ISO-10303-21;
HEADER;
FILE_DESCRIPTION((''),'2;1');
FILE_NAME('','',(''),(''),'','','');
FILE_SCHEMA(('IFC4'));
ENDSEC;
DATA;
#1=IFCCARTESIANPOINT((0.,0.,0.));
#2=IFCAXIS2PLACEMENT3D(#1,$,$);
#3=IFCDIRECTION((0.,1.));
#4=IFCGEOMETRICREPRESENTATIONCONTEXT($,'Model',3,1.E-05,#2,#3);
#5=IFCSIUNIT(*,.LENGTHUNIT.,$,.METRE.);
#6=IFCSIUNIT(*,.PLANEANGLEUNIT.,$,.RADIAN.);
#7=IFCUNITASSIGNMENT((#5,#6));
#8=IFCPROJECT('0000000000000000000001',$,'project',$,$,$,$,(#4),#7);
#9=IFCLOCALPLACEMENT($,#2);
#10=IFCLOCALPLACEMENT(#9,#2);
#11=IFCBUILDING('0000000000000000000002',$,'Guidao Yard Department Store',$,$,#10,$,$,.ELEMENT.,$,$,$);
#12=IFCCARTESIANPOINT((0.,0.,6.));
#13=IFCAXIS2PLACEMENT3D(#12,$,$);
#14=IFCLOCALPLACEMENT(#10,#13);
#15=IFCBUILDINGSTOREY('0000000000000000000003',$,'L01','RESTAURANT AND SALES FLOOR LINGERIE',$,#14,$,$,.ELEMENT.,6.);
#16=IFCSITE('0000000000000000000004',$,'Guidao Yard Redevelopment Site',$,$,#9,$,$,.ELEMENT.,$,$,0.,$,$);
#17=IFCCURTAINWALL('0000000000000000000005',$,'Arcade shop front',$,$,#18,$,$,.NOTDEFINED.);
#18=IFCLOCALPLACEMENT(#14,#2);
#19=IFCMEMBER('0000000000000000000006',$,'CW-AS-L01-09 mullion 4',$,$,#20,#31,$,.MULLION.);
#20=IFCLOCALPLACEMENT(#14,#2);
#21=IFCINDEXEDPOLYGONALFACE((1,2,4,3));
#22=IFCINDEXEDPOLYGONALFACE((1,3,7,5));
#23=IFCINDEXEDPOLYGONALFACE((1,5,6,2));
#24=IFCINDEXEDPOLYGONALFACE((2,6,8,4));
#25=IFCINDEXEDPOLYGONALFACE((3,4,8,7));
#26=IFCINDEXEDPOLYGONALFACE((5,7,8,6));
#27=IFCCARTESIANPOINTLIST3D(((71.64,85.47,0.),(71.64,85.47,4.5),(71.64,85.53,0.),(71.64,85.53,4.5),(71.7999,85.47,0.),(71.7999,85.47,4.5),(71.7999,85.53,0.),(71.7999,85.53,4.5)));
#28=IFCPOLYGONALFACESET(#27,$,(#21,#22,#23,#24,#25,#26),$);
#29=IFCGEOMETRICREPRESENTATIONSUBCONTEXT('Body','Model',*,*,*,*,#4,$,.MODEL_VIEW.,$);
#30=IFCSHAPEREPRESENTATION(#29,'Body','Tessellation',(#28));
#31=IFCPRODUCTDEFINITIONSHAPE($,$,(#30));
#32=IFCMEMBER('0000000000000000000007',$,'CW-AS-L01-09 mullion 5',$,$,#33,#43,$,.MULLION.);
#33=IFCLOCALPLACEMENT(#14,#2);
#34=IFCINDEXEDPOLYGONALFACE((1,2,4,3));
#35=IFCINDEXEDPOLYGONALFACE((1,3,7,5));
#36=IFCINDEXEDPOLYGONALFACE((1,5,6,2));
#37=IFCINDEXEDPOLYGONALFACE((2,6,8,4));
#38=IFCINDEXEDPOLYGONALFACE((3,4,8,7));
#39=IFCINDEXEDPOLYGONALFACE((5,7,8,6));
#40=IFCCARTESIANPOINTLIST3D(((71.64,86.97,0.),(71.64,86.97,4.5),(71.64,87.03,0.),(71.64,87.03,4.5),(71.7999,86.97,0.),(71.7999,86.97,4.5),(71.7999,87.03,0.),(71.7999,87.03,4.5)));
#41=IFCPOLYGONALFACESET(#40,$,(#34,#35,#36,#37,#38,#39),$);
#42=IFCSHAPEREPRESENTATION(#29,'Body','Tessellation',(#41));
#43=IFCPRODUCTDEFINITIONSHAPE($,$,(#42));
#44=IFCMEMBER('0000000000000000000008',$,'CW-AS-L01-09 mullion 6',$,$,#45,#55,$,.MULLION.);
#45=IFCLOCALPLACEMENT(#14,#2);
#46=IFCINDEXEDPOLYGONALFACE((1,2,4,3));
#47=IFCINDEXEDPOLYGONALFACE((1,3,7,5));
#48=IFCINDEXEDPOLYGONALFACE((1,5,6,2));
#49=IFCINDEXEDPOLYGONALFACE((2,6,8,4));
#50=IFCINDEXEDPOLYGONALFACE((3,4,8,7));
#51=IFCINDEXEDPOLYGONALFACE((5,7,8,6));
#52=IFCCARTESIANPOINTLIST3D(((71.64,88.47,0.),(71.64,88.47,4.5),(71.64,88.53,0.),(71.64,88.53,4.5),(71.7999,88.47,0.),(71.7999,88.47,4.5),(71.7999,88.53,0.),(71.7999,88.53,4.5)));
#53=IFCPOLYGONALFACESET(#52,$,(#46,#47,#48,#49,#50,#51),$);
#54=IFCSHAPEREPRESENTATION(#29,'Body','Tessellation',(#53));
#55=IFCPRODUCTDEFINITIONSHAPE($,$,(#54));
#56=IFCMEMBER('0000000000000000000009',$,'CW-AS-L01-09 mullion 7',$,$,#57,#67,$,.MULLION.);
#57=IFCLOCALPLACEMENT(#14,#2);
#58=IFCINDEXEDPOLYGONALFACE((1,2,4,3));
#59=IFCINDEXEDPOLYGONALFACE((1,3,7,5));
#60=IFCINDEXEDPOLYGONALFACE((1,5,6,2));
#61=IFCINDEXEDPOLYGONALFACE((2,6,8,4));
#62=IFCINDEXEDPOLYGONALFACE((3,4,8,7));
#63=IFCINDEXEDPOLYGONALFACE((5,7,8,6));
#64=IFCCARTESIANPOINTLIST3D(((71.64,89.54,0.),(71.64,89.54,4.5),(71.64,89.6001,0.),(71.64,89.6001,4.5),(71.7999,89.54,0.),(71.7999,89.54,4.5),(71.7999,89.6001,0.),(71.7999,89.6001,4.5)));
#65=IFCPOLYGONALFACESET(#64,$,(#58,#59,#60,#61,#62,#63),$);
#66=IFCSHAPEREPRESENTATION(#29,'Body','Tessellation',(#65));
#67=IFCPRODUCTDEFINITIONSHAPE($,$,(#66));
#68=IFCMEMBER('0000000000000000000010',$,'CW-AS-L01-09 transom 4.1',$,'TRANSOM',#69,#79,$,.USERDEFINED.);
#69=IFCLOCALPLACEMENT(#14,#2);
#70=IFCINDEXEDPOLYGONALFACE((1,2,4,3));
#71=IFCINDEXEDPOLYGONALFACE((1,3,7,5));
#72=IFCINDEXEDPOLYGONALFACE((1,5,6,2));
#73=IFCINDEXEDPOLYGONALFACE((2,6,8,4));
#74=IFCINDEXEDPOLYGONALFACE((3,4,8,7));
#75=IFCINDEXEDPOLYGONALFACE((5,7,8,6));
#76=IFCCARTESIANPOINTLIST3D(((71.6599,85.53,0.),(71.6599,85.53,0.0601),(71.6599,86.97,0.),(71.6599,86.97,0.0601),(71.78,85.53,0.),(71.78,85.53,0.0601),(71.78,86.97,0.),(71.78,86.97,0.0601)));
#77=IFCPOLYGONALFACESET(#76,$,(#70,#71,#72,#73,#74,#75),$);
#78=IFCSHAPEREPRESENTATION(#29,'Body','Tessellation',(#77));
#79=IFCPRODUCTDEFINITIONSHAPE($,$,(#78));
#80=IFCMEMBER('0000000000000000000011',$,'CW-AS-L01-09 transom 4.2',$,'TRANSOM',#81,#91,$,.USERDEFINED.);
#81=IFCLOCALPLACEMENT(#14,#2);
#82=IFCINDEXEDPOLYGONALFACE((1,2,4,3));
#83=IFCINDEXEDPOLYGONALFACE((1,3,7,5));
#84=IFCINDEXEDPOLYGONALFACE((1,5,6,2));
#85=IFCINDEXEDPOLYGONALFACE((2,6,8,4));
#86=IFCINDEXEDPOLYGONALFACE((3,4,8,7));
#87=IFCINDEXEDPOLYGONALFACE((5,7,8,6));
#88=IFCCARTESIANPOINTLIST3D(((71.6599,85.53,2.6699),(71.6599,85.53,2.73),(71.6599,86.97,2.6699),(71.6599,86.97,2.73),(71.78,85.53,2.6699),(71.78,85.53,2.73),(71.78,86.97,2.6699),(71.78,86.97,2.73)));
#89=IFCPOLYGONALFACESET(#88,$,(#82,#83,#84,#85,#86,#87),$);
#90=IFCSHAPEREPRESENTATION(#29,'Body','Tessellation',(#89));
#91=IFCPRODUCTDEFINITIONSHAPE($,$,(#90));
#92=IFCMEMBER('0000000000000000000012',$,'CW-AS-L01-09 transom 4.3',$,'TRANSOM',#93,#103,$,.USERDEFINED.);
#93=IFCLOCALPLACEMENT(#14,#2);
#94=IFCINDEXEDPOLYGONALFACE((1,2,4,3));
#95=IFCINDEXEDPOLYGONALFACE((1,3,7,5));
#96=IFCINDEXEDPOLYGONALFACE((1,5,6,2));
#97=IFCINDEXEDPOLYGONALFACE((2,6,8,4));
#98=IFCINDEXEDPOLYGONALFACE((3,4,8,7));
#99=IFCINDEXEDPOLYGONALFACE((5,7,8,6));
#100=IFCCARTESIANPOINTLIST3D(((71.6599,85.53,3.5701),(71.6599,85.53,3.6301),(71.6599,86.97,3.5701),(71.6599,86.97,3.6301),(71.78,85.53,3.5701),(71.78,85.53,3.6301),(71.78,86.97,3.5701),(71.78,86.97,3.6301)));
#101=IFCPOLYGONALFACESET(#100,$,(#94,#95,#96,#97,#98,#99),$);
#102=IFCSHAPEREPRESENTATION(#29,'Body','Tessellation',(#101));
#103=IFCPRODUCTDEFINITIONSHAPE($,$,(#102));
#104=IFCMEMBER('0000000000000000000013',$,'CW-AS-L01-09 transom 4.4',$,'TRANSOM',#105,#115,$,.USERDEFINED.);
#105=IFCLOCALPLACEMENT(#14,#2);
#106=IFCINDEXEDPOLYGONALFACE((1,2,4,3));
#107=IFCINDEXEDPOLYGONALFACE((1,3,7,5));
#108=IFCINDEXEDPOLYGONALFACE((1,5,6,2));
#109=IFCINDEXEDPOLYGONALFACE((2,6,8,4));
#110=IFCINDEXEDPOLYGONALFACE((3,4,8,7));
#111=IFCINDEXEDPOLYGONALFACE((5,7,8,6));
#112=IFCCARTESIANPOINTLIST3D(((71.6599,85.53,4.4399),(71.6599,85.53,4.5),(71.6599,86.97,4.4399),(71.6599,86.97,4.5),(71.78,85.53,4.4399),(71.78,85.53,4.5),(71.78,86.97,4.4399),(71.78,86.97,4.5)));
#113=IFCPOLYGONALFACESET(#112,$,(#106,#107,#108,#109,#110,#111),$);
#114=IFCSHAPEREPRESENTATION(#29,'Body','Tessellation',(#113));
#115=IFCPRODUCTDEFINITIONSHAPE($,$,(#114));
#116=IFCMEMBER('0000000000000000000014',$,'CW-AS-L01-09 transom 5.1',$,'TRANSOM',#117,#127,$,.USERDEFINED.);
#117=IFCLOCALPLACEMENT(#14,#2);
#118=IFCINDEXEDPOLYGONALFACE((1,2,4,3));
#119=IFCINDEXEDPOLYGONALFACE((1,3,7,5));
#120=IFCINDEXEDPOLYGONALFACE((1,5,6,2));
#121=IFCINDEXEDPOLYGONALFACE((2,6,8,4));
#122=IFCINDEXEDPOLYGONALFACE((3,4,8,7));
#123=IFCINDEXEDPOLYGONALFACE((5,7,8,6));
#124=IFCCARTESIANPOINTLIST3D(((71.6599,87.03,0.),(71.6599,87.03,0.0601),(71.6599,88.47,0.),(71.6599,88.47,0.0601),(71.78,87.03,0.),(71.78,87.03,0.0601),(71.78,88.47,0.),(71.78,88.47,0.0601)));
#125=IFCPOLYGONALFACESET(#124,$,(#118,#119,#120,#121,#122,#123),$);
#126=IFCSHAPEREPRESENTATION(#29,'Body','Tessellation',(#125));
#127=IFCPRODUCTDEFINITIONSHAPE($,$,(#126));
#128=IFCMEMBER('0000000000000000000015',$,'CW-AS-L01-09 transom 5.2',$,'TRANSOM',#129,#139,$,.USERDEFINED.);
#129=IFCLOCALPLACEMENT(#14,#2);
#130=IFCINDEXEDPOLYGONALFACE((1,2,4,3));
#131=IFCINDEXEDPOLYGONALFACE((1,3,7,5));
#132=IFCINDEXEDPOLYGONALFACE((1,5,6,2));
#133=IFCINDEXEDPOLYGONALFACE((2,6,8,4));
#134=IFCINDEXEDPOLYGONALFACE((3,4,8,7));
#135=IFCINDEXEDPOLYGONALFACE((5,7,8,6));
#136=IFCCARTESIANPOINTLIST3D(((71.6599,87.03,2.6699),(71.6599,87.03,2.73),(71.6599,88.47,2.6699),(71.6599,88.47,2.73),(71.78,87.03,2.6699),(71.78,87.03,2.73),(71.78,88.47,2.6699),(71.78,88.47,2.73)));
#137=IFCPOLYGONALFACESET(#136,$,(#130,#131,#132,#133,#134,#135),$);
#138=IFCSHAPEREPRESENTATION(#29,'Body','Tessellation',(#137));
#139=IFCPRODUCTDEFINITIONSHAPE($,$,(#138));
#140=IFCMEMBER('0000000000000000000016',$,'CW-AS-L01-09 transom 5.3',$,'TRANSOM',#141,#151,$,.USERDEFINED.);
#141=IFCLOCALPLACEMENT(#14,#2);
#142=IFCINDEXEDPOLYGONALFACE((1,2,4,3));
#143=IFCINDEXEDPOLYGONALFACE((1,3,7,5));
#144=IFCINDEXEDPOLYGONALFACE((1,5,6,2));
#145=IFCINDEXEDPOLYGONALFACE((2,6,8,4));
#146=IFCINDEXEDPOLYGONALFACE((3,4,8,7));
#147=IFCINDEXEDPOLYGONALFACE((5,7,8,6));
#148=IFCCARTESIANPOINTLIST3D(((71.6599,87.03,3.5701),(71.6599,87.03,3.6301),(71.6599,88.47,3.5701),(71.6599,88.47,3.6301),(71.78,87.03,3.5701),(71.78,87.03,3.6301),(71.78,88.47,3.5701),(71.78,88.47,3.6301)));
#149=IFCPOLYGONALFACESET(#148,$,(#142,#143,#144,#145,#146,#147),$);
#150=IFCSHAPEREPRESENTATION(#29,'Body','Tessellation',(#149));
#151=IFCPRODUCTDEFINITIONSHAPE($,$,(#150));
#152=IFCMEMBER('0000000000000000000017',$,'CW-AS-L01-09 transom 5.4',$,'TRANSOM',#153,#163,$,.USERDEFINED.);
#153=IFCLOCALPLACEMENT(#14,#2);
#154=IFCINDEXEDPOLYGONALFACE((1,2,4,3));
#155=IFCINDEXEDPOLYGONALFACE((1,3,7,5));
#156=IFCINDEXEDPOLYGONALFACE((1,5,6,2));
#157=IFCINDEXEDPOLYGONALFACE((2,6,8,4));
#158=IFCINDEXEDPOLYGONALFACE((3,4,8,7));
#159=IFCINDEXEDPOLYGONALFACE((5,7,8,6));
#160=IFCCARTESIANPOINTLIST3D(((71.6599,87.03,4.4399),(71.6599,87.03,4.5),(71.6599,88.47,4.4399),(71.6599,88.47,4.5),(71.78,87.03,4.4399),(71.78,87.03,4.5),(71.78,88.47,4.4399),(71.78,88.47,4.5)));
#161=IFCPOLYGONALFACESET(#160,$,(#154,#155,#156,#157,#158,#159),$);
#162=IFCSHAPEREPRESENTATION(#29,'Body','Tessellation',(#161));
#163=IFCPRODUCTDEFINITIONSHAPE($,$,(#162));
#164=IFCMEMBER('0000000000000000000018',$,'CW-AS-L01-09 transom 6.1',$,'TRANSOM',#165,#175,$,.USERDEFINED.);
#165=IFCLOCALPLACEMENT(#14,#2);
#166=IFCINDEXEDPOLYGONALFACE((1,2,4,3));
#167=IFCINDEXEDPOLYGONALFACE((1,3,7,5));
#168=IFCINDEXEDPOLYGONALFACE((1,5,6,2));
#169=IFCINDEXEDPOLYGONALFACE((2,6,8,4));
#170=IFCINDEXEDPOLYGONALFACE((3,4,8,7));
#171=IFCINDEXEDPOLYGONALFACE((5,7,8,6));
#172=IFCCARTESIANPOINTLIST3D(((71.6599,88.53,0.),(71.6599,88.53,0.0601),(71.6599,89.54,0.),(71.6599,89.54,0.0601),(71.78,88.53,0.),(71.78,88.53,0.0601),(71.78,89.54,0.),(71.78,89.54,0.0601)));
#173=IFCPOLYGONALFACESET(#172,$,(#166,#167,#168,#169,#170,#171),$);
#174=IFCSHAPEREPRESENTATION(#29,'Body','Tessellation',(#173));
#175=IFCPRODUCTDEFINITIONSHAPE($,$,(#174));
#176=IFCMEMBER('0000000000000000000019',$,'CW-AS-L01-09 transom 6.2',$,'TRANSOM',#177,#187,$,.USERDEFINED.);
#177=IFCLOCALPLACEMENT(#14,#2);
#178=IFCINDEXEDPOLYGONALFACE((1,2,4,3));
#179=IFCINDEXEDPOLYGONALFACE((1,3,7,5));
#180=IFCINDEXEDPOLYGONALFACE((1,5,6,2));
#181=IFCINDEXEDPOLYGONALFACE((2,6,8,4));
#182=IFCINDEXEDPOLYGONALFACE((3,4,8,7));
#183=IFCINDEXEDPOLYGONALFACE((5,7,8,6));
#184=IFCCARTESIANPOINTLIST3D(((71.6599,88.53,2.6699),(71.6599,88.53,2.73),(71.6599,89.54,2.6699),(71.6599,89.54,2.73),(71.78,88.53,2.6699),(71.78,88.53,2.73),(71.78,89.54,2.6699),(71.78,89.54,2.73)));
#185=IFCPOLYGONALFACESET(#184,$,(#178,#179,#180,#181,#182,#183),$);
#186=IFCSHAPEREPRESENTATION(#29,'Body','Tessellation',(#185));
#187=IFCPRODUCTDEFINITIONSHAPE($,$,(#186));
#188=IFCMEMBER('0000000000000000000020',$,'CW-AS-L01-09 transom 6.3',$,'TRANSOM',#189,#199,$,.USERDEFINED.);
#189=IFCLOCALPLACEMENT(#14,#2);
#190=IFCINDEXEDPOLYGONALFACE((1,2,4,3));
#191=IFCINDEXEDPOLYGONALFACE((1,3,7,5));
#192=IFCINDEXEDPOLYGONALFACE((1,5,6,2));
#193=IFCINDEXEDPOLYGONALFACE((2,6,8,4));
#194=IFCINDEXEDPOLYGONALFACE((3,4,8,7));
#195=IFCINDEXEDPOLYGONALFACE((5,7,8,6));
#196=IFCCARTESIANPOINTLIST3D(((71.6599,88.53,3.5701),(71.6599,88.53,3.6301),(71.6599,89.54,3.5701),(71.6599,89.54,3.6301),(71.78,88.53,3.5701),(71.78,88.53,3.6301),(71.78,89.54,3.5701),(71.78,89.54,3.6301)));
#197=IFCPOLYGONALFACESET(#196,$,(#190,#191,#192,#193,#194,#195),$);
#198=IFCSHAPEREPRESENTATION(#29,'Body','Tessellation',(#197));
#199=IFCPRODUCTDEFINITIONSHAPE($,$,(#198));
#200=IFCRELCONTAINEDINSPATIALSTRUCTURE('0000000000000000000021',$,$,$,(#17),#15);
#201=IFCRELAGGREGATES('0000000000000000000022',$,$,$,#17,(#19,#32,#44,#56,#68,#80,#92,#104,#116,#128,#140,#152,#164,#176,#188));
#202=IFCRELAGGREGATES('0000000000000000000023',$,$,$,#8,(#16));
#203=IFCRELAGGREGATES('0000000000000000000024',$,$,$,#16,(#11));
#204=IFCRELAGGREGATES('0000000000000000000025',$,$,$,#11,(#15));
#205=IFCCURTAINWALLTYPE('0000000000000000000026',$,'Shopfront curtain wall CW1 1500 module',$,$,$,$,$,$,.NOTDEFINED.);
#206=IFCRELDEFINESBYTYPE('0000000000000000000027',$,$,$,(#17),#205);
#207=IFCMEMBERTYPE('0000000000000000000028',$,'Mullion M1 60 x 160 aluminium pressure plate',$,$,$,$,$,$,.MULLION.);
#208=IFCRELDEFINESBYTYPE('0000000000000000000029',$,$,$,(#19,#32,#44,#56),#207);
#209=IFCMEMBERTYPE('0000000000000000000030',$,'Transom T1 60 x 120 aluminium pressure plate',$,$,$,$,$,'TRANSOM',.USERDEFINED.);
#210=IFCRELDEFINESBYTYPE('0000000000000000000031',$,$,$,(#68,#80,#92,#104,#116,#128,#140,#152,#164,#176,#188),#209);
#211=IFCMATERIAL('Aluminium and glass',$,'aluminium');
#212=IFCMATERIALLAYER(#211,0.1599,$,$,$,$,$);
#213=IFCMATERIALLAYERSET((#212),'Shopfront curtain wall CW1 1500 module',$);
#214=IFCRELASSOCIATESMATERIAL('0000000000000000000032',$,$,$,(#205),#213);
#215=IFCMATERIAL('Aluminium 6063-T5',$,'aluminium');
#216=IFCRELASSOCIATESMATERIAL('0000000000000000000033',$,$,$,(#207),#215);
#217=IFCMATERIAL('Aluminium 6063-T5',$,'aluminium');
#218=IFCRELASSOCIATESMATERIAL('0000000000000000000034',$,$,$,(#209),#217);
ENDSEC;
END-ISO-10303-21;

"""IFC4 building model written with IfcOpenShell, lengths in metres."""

from ifc_helpers import new_model, si_unit, direction, frame, origin, origin_2d, place, context, subcontext, project, spatial, rectangle, extrude, material, layer, layer_set, material_profile, profile_set, type_object, element, aggregate, save


model = new_model("IFC4")

# Units and contexts
model_context = context("Model", 3, precision=1e-05, world=origin(), true_north=direction((0.0, 1.0)))
body_context = subcontext(model_context, "Body", "Model", "MODEL_VIEW")
ifc_project = project(units=[si_unit("LENGTHUNIT", "METRE"), si_unit("PLANEANGLEUNIT", "RADIAN")], contexts=[model_context])

# Site, building, storey
site_placement = place(None, origin())
site = spatial("IfcSite", under=ifc_project, at=site_placement, Name="Guidao Yard Redevelopment Site", CompositionType="ELEMENT", RefElevation=0.0)
building_placement = place(site_placement, origin())
building = spatial("IfcBuilding", under=site, at=building_placement, Name="Guidao Yard Department Store", CompositionType="ELEMENT")
storey_placement = place(building_placement, frame((0.0, 0.0, 6.0)))
storey = spatial("IfcBuildingStorey", under=building, at=storey_placement, Name="L01", Description="RESTAURANT AND SALES FLOOR LINGERIE", CompositionType="ELEMENT", Elevation=6.0)

# Curtain wall, members
ifc_material_1 = material(Name="Aluminium and glass", Category="aluminium")
ifc_layer_1 = layer(ifc_material_1, 0.1599)
ifc_layer_set_1 = layer_set([ifc_layer_1], Name="Shopfront curtain wall CW1 1500 module")
curtain_wall_type = type_object("IfcCurtainWallType", Name="Shopfront curtain wall CW1 1500 module", PredefinedType="NOTDEFINED", material=ifc_layer_set_1)
curtain_wall_placement = place(storey_placement, origin())
curtain_wall = element("IfcCurtainWall", 1, at=curtain_wall_placement, inside=storey, type_object=curtain_wall_type, Name="Arcade shop front", PredefinedType="NOTDEFINED")
ifc_material_2 = material(Name="Aluminium 6063-T5", Category="aluminium")
ifc_material_profile_1 = material_profile(ifc_material_2, rectangle(XDim=0.0601, YDim=0.1599, at=origin_2d()), Name="Mullion M1 60 x 160 aluminium pressure plate")
ifc_profile_set_1 = profile_set([ifc_material_profile_1], Name="Aluminium 6063-T5")
member_type_1 = type_object("IfcMemberType", Name="Mullion M1 60 x 160 aluminium pressure plate", PredefinedType="MULLION", material=ifc_profile_set_1)
member_1_placement = place(storey_placement, frame((71.72, 85.5, 0.0), z_axis=(0.0, 0.0, 1.0), x_axis=(0.0, 1.0, 0.0)))
member_1 = element("IfcMember", 2, at=member_1_placement, type_object=member_type_1, Name="CW-AS-L01-09 mullion 4", PredefinedType="MULLION", context=body_context, shape_type="SweptSolid", body=[
    extrude(rectangle(XDim=0.0601, YDim=0.1599, at=origin_2d()), origin(), (0.0, 0.0, 1.0), 4.5),
])
member_2_placement = place(storey_placement, frame((71.72, 87.0, 0.0), z_axis=(0.0, 0.0, 1.0), x_axis=(0.0, 1.0, 0.0)))
member_2 = element("IfcMember", 3, at=member_2_placement, type_object=member_type_1, Name="CW-AS-L01-09 mullion 5", PredefinedType="MULLION", context=body_context, shape_type="SweptSolid", body=[
    extrude(rectangle(XDim=0.0601, YDim=0.1599, at=origin_2d()), origin(), (0.0, 0.0, 1.0), 4.5),
])
member_3_placement = place(storey_placement, frame((71.72, 88.5, 0.0), z_axis=(0.0, 0.0, 1.0), x_axis=(0.0, 1.0, 0.0)))
member_3 = element("IfcMember", 4, at=member_3_placement, type_object=member_type_1, Name="CW-AS-L01-09 mullion 6", PredefinedType="MULLION", context=body_context, shape_type="SweptSolid", body=[
    extrude(rectangle(XDim=0.0601, YDim=0.1599, at=origin_2d()), origin(), (0.0, 0.0, 1.0), 4.5),
])
member_4_placement = place(storey_placement, frame((71.72, 89.5701, 0.0), z_axis=(0.0, 0.0, 1.0), x_axis=(0.0, 1.0, 0.0)))
member_4 = element("IfcMember", 5, at=member_4_placement, type_object=member_type_1, Name="CW-AS-L01-09 mullion 7", PredefinedType="MULLION", context=body_context, shape_type="SweptSolid", body=[
    extrude(rectangle(XDim=0.0601, YDim=0.1599, at=origin_2d()), origin(), (0.0, 0.0, 1.0), 4.5),
])
ifc_material_3 = material(Name="Aluminium 6063-T5", Category="aluminium")
ifc_material_profile_2 = material_profile(ifc_material_3, rectangle(XDim=0.1201, YDim=0.0601, at=origin_2d()), Name="Transom T1 60 x 120 aluminium pressure plate")
ifc_profile_set_2 = profile_set([ifc_material_profile_2], Name="Aluminium 6063-T5")
member_type_2 = type_object("IfcMemberType", Name="Transom T1 60 x 120 aluminium pressure plate", ElementType="TRANSOM", PredefinedType="USERDEFINED", material=ifc_profile_set_2)
member_5_placement = place(storey_placement, frame((71.72, 85.53, 0.03), z_axis=(0.0, 1.0, 0.0), x_axis=(-1.0, 0.0, 0.0)))
member_5 = element("IfcMember", 6, at=member_5_placement, type_object=member_type_2, Name="CW-AS-L01-09 transom 4.1", ObjectType="TRANSOM", PredefinedType="USERDEFINED", context=body_context, shape_type="SweptSolid", body=[
    extrude(rectangle(XDim=0.1201, YDim=0.0601, at=origin_2d()), origin(), (0.0, 0.0, 1.0), 1.4399),
])
member_6_placement = place(storey_placement, frame((71.72, 85.53, 2.7), z_axis=(0.0, 1.0, 0.0), x_axis=(-1.0, 0.0, 0.0)))
member_6 = element("IfcMember", 7, at=member_6_placement, type_object=member_type_2, Name="CW-AS-L01-09 transom 4.2", ObjectType="TRANSOM", PredefinedType="USERDEFINED", context=body_context, shape_type="SweptSolid", body=[
    extrude(rectangle(XDim=0.1201, YDim=0.0601, at=origin_2d()), origin(), (0.0, 0.0, 1.0), 1.4399),
])
member_7_placement = place(storey_placement, frame((71.72, 85.53, 3.6001), z_axis=(0.0, 1.0, 0.0), x_axis=(-1.0, 0.0, 0.0)))
member_7 = element("IfcMember", 8, at=member_7_placement, type_object=member_type_2, Name="CW-AS-L01-09 transom 4.3", ObjectType="TRANSOM", PredefinedType="USERDEFINED", context=body_context, shape_type="SweptSolid", body=[
    extrude(rectangle(XDim=0.1201, YDim=0.0601, at=origin_2d()), origin(), (0.0, 0.0, 1.0), 1.4399),
])
member_8_placement = place(storey_placement, frame((71.72, 85.53, 4.47), z_axis=(0.0, 1.0, 0.0), x_axis=(-1.0, 0.0, 0.0)))
member_8 = element("IfcMember", 9, at=member_8_placement, type_object=member_type_2, Name="CW-AS-L01-09 transom 4.4", ObjectType="TRANSOM", PredefinedType="USERDEFINED", context=body_context, shape_type="SweptSolid", body=[
    extrude(rectangle(XDim=0.1201, YDim=0.0601, at=origin_2d()), origin(), (0.0, 0.0, 1.0), 1.4399),
])
member_9_placement = place(storey_placement, frame((71.72, 87.03, 0.03), z_axis=(0.0, 1.0, 0.0), x_axis=(-1.0, 0.0, 0.0)))
member_9 = element("IfcMember", 10, at=member_9_placement, type_object=member_type_2, Name="CW-AS-L01-09 transom 5.1", ObjectType="TRANSOM", PredefinedType="USERDEFINED", context=body_context, shape_type="SweptSolid", body=[
    extrude(rectangle(XDim=0.1201, YDim=0.0601, at=origin_2d()), origin(), (0.0, 0.0, 1.0), 1.4399),
])
member_10_placement = place(storey_placement, frame((71.72, 87.03, 2.7), z_axis=(0.0, 1.0, 0.0), x_axis=(-1.0, 0.0, 0.0)))
member_10 = element("IfcMember", 11, at=member_10_placement, type_object=member_type_2, Name="CW-AS-L01-09 transom 5.2", ObjectType="TRANSOM", PredefinedType="USERDEFINED", context=body_context, shape_type="SweptSolid", body=[
    extrude(rectangle(XDim=0.1201, YDim=0.0601, at=origin_2d()), origin(), (0.0, 0.0, 1.0), 1.4399),
])
member_11_placement = place(storey_placement, frame((71.72, 87.03, 3.6001), z_axis=(0.0, 1.0, 0.0), x_axis=(-1.0, 0.0, 0.0)))
member_11 = element("IfcMember", 12, at=member_11_placement, type_object=member_type_2, Name="CW-AS-L01-09 transom 5.3", ObjectType="TRANSOM", PredefinedType="USERDEFINED", context=body_context, shape_type="SweptSolid", body=[
    extrude(rectangle(XDim=0.1201, YDim=0.0601, at=origin_2d()), origin(), (0.0, 0.0, 1.0), 1.4399),
])
member_12_placement = place(storey_placement, frame((71.72, 87.03, 4.47), z_axis=(0.0, 1.0, 0.0), x_axis=(-1.0, 0.0, 0.0)))
member_12 = element("IfcMember", 13, at=member_12_placement, type_object=member_type_2, Name="CW-AS-L01-09 transom 5.4", ObjectType="TRANSOM", PredefinedType="USERDEFINED", context=body_context, shape_type="SweptSolid", body=[
    extrude(rectangle(XDim=0.1201, YDim=0.0601, at=origin_2d()), origin(), (0.0, 0.0, 1.0), 1.4399),
])
member_13_placement = place(storey_placement, frame((71.72, 88.53, 0.03), z_axis=(0.0, 1.0, 0.0), x_axis=(-1.0, 0.0, 0.0)))
member_13 = element("IfcMember", 14, at=member_13_placement, type_object=member_type_2, Name="CW-AS-L01-09 transom 6.1", ObjectType="TRANSOM", PredefinedType="USERDEFINED", context=body_context, shape_type="SweptSolid", body=[
    extrude(rectangle(XDim=0.1201, YDim=0.0601, at=origin_2d()), origin(), (0.0, 0.0, 1.0), 1.01),
])
member_14_placement = place(storey_placement, frame((71.72, 88.53, 2.7), z_axis=(0.0, 1.0, 0.0), x_axis=(-1.0, 0.0, 0.0)))
member_14 = element("IfcMember", 15, at=member_14_placement, type_object=member_type_2, Name="CW-AS-L01-09 transom 6.2", ObjectType="TRANSOM", PredefinedType="USERDEFINED", context=body_context, shape_type="SweptSolid", body=[
    extrude(rectangle(XDim=0.1201, YDim=0.0601, at=origin_2d()), origin(), (0.0, 0.0, 1.0), 1.01),
])
member_15_placement = place(storey_placement, frame((71.72, 88.53, 3.6001), z_axis=(0.0, 1.0, 0.0), x_axis=(-1.0, 0.0, 0.0)))
member_15 = element("IfcMember", 16, at=member_15_placement, type_object=member_type_2, Name="CW-AS-L01-09 transom 6.3", ObjectType="TRANSOM", PredefinedType="USERDEFINED", context=body_context, shape_type="SweptSolid", body=[
    extrude(rectangle(XDim=0.1201, YDim=0.0601, at=origin_2d()), origin(), (0.0, 0.0, 1.0), 1.01),
])
aggregate(curtain_wall, [member_1, member_2, member_3, member_4, member_5, member_6, member_7, member_8, member_9, member_10, member_11, member_12, member_13, member_14, member_15])

save(model, "model.ifc")
